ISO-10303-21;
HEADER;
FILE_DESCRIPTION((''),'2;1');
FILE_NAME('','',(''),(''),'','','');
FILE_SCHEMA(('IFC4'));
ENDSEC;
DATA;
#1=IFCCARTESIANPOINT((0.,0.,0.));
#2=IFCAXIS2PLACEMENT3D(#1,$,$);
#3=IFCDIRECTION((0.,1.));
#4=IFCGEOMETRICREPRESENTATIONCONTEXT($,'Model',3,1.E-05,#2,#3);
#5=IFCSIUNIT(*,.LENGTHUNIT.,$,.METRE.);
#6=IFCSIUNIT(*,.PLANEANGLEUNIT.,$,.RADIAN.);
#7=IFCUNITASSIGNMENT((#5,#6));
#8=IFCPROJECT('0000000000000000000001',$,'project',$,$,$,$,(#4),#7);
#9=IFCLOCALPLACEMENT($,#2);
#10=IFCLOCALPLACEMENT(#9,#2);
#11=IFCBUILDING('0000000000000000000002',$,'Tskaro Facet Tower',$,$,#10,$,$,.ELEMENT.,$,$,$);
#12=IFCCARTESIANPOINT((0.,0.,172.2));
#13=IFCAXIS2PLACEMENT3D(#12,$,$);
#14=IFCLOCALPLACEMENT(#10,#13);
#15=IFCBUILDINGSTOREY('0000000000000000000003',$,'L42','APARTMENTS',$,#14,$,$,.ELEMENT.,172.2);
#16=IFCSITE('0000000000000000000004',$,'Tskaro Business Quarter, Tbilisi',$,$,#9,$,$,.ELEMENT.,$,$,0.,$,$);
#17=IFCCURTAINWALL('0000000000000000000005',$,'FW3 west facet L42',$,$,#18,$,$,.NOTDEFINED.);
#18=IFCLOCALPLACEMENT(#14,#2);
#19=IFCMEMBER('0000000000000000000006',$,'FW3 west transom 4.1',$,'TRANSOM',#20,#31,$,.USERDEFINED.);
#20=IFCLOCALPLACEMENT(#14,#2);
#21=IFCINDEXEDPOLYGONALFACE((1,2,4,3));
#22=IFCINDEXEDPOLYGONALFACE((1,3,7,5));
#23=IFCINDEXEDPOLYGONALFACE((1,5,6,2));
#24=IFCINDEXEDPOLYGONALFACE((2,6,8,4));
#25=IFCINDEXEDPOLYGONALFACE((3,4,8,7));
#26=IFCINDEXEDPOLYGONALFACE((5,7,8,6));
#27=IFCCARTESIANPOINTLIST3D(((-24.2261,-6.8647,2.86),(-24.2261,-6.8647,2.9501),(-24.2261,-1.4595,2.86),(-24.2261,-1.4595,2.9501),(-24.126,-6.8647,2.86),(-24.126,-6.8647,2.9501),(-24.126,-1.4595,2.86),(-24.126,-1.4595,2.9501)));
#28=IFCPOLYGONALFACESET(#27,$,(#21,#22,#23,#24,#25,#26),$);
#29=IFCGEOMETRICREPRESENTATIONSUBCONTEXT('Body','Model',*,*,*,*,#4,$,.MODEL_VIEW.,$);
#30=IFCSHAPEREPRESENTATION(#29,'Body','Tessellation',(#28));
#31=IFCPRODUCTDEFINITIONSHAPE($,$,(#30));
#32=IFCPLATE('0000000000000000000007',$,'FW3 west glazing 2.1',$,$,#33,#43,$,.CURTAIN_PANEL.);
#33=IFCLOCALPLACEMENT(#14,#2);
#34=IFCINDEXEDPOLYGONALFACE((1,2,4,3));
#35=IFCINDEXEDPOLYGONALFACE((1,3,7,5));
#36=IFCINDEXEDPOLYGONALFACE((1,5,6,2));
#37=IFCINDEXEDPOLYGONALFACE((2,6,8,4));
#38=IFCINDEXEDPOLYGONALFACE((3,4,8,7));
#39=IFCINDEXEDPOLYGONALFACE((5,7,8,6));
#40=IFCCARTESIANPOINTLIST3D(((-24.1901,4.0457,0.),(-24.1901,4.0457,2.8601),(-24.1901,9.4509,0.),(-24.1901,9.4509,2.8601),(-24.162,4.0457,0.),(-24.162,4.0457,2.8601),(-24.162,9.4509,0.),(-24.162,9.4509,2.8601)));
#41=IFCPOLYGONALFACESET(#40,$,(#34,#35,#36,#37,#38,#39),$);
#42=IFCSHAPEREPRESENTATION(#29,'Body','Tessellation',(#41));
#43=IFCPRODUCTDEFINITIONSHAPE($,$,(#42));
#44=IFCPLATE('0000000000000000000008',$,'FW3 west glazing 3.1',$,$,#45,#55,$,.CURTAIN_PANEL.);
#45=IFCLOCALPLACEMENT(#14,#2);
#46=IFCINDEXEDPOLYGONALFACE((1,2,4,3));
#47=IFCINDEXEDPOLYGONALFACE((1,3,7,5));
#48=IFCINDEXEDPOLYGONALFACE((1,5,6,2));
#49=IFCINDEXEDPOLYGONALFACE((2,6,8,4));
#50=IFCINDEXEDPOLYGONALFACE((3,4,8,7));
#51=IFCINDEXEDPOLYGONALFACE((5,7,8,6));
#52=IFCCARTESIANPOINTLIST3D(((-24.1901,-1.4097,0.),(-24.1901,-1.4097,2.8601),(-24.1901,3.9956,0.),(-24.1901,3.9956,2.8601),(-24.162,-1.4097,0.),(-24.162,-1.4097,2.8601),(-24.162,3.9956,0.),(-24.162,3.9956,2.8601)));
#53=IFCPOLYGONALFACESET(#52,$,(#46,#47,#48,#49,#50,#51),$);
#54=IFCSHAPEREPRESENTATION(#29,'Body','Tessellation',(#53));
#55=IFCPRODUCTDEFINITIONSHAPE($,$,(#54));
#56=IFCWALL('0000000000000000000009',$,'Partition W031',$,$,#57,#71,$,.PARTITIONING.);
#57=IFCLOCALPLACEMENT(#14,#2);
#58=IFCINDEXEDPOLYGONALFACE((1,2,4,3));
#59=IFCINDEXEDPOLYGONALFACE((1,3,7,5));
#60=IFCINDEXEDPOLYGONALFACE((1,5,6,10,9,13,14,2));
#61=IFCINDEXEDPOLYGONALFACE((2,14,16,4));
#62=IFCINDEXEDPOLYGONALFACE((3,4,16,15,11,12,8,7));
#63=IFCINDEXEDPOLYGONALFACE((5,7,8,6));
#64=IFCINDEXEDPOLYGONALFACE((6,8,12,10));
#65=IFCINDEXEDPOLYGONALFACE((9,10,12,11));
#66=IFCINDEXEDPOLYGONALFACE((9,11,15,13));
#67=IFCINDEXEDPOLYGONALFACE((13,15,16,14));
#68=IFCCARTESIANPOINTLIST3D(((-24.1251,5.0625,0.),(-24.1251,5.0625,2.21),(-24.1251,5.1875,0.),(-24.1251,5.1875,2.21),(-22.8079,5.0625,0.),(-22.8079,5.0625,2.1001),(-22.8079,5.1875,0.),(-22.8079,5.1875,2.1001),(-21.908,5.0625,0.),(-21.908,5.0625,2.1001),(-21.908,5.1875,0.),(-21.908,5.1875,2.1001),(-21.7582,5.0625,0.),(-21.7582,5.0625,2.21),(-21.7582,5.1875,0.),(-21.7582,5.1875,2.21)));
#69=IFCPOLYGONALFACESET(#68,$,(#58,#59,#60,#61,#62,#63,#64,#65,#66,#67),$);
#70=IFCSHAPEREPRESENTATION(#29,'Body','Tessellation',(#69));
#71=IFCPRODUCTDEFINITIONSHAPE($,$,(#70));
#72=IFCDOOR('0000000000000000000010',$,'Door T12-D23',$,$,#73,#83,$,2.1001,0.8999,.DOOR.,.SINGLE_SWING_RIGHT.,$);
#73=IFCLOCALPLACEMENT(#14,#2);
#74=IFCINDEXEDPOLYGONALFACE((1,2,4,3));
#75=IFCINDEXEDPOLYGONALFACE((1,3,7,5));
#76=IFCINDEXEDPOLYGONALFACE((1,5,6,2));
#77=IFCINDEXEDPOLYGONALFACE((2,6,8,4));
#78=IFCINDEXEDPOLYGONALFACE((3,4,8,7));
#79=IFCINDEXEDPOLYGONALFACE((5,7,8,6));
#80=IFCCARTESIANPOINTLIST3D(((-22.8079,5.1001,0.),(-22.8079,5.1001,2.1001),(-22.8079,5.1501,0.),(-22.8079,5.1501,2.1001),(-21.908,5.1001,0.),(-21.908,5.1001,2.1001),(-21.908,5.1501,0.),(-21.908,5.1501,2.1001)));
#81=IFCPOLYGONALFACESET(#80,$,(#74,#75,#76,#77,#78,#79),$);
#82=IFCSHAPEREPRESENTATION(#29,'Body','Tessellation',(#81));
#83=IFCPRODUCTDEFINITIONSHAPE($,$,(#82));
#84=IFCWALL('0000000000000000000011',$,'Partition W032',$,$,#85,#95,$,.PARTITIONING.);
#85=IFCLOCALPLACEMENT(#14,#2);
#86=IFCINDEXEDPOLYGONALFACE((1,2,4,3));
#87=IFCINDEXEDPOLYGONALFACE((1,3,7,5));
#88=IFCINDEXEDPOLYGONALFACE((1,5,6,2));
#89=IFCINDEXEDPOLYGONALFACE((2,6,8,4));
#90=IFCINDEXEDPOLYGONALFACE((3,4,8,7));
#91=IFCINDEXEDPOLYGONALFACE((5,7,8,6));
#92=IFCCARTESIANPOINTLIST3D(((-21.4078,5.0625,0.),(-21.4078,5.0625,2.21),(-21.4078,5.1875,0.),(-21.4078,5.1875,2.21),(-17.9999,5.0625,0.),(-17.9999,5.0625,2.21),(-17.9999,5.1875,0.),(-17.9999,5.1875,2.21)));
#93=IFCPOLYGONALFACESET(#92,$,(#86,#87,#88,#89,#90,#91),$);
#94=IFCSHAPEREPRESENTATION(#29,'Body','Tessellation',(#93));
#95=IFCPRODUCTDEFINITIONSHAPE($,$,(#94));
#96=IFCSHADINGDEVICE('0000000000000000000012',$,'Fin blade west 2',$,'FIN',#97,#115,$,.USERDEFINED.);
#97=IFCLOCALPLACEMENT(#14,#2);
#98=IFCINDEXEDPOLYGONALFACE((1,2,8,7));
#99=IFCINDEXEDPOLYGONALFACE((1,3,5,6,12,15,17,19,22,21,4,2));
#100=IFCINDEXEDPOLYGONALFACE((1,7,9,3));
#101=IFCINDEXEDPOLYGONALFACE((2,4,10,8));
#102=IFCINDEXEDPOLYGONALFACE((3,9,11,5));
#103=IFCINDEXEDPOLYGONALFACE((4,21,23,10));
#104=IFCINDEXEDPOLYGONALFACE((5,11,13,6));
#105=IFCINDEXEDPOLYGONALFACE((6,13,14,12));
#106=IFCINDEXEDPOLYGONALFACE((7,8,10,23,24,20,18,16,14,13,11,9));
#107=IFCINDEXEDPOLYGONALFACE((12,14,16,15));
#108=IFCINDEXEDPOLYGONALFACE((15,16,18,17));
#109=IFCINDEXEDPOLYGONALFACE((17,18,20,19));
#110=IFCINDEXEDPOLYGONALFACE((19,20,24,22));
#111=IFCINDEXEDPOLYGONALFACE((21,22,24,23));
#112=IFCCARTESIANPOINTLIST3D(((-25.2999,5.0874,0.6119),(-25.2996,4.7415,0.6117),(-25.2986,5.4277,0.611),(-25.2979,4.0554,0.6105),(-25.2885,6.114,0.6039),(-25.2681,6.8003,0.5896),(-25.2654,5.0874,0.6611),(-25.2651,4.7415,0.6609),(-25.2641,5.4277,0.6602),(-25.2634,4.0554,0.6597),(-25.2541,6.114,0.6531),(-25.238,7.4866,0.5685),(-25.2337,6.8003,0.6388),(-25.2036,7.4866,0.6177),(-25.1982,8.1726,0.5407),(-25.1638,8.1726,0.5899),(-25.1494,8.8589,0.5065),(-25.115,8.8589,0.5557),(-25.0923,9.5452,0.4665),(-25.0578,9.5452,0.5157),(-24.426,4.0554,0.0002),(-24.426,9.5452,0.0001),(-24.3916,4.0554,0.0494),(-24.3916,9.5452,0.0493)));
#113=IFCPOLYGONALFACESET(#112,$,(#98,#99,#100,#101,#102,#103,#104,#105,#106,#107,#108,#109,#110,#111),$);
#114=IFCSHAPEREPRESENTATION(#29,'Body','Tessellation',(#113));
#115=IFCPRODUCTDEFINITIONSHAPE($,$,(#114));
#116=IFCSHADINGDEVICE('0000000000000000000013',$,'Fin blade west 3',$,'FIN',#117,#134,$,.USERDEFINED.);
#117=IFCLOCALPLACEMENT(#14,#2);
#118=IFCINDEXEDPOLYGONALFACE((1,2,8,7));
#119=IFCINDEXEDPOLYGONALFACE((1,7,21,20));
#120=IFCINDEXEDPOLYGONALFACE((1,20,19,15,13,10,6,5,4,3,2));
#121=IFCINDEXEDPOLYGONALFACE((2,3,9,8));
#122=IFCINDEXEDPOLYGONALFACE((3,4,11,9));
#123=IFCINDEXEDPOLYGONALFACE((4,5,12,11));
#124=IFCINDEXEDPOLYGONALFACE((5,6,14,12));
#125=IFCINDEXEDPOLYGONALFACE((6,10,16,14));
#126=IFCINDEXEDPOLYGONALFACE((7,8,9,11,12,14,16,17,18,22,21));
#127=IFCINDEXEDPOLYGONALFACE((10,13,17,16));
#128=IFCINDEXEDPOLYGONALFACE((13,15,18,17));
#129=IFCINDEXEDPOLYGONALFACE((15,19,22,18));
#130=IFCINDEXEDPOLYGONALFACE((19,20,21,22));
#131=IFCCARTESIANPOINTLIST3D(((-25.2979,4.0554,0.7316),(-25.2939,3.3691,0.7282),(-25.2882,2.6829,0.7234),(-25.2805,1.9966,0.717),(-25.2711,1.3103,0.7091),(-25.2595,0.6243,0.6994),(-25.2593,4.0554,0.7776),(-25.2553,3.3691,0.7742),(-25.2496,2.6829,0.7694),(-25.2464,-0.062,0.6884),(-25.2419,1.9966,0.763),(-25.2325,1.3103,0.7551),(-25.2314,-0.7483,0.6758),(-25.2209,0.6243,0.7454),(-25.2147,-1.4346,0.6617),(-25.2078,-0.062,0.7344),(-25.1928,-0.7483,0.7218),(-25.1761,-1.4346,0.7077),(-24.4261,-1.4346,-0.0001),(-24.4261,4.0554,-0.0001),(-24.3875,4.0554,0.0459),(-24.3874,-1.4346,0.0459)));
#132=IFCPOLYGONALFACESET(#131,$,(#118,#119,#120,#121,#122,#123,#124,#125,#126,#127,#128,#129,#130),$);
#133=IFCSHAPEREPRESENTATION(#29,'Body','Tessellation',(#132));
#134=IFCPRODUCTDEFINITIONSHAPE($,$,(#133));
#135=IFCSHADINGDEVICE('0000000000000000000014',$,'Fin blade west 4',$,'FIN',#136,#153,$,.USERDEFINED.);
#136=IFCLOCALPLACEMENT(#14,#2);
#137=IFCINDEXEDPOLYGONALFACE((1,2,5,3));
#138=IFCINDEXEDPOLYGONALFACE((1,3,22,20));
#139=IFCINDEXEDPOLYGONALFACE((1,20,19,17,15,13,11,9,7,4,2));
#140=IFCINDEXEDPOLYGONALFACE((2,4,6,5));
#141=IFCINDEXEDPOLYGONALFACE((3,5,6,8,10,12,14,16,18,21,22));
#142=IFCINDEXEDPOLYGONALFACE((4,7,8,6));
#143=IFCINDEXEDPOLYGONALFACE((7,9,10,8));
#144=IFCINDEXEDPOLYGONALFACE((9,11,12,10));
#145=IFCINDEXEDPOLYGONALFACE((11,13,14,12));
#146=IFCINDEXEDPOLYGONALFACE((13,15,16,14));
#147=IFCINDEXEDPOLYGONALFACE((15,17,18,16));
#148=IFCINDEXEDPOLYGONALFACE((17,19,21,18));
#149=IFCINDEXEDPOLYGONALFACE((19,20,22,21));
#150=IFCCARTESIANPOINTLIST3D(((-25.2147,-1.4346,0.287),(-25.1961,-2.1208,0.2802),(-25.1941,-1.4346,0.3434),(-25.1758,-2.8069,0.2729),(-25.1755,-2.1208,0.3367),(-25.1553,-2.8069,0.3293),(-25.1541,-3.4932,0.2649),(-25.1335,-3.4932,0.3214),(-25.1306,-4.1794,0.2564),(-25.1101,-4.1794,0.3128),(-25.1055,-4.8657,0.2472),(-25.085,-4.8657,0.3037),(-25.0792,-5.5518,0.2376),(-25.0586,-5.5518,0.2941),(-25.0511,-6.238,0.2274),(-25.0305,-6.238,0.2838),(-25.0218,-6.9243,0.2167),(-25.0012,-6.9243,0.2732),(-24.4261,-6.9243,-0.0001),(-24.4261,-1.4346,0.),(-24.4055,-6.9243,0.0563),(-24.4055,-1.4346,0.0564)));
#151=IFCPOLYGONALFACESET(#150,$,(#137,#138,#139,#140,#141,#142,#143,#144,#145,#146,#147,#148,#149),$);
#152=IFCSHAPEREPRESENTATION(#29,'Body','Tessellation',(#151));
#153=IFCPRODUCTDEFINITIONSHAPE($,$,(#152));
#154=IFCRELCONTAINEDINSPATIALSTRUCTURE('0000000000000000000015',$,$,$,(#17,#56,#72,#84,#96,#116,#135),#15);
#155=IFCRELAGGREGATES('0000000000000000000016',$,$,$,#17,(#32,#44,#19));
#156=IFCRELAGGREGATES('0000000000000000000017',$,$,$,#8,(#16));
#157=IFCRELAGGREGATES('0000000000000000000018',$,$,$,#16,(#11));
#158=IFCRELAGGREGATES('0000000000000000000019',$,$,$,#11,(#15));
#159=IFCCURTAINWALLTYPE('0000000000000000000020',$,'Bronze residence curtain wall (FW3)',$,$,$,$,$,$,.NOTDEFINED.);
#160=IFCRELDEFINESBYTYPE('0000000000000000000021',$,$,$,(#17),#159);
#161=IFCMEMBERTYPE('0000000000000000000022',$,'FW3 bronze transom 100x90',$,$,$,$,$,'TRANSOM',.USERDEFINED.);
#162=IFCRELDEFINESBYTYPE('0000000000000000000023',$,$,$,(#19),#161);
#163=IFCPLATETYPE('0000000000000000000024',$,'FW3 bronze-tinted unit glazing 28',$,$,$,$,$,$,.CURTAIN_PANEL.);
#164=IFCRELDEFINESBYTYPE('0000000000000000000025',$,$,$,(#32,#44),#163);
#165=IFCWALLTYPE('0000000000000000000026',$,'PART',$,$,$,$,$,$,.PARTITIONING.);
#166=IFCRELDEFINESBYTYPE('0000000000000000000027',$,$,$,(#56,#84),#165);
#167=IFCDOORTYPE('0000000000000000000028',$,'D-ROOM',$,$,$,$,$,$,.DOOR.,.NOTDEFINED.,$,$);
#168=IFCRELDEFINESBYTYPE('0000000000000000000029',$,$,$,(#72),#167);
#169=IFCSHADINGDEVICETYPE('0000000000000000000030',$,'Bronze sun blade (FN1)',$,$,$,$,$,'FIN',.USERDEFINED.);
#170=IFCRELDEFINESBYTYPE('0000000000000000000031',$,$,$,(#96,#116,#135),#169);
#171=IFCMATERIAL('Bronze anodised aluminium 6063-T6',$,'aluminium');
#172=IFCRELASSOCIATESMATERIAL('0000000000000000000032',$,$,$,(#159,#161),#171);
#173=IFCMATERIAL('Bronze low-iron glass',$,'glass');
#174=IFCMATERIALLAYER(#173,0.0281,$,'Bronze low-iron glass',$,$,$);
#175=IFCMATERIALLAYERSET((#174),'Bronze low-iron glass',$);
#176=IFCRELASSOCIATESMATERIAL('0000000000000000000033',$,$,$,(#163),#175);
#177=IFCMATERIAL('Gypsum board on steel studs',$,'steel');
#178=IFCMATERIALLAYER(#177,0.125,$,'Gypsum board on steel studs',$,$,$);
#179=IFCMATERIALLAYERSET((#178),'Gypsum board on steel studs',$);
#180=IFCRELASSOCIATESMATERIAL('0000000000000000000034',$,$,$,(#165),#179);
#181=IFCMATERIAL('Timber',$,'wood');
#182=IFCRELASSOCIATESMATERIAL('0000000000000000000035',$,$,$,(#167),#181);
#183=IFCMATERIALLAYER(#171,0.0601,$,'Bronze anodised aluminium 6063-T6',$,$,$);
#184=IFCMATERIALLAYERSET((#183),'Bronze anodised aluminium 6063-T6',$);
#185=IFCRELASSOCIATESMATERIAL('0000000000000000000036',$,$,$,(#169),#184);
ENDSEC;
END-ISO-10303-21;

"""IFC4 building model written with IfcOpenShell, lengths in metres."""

from ifc_helpers import new_model, si_unit, direction, frame, frame_2d, origin, origin_2d, place, context, subcontext, project, spatial, polyline, rectangle, outline, extrude, material, layer, layer_set, material_profile, profile_set, type_object, element, fill, aggregate, save


model = new_model("IFC4")

# Units and contexts
model_context = context("Model", 3, precision=1e-05, world=origin(), true_north=direction((0.0, 1.0)))
body_context = subcontext(model_context, "Body", "Model", "MODEL_VIEW")
ifc_project = project(units=[si_unit("LENGTHUNIT", "METRE"), si_unit("PLANEANGLEUNIT", "RADIAN")], contexts=[model_context])

# Site, building, storey
site_placement = place(None, origin())
site = spatial("IfcSite", under=ifc_project, at=site_placement, Name="Tskaro Business Quarter, Tbilisi", CompositionType="ELEMENT", RefElevation=0.0)
building_placement = place(site_placement, origin())
building = spatial("IfcBuilding", under=site, at=building_placement, Name="Tskaro Facet Tower", CompositionType="ELEMENT")
storey_placement = place(building_placement, frame((0.0, 0.0, 172.2)))
storey = spatial("IfcBuildingStorey", under=building, at=storey_placement, Name="L42", Description="APARTMENTS", CompositionType="ELEMENT", Elevation=172.2)

# Curtain wall, member, plates
ifc_material_1 = material(Name="Bronze anodised aluminium 6063-T6", Category="aluminium")
curtain_wall_type = type_object("IfcCurtainWallType", Name="Bronze residence curtain wall (FW3)", PredefinedType="NOTDEFINED", material=ifc_material_1)
curtain_wall_placement = place(storey_placement, origin())
curtain_wall = element("IfcCurtainWall", 1, at=curtain_wall_placement, inside=storey, type_object=curtain_wall_type, Name="FW3 west facet L42", PredefinedType="NOTDEFINED")
ifc_material_profile_1 = material_profile(ifc_material_1, rectangle(XDim=0.1001, YDim=0.0901, at=origin_2d()), Name="Transom 100x90")
ifc_profile_set_1 = profile_set([ifc_material_profile_1], Name="Bronze anodised aluminium 6063-T6")
member_type_1 = type_object("IfcMemberType", Name="FW3 bronze transom 100x90", ElementType="TRANSOM", PredefinedType="USERDEFINED", material=ifc_profile_set_1)
member_1_placement = place(storey_placement, frame((-24.176, -1.4595, 2.905), z_axis=(0.0, -1.0, 0.0), x_axis=(1.0, 0.0, 0.0)))
member_1 = element("IfcMember", 2, at=member_1_placement, type_object=member_type_1, Name="FW3 west transom 4.1", ObjectType="TRANSOM", PredefinedType="USERDEFINED", context=body_context, shape_type="SweptSolid", body=[
    extrude(rectangle(XDim=0.1001, YDim=0.0901, at=origin_2d()), origin(), (0.0, 0.0, 1.0), 5.4053),
])
ifc_material_2 = material(Name="Bronze low-iron glass", Category="glass")
ifc_layer_1 = layer(ifc_material_2, 0.0281, Name="Bronze low-iron glass")
ifc_layer_set_1 = layer_set([ifc_layer_1], Name="Bronze low-iron glass")
plate_type = type_object("IfcPlateType", Name="FW3 bronze-tinted unit glazing 28", PredefinedType="CURTAIN_PANEL", material=ifc_layer_set_1)
plate_1_placement = place(storey_placement, frame((-24.176, 6.7483, 0.0), z_axis=(0.0, 0.0, 1.0), x_axis=(0.0, -1.0, 0.0)))
plate_1 = element("IfcPlate", 3, at=plate_1_placement, type_object=plate_type, Name="FW3 west glazing 2.1", PredefinedType="CURTAIN_PANEL", context=body_context, shape_type="SweptSolid", body=[
    extrude(rectangle(XDim=5.4053, YDim=0.0281, at=origin_2d()), origin(), (0.0, 0.0, 1.0), 2.8601),
])
plate_2_placement = place(storey_placement, frame((-24.176, 1.293, 0.0), z_axis=(0.0, 0.0, 1.0), x_axis=(0.0, -1.0, 0.0)))
plate_2 = element("IfcPlate", 4, at=plate_2_placement, type_object=plate_type, Name="FW3 west glazing 3.1", PredefinedType="CURTAIN_PANEL", context=body_context, shape_type="SweptSolid", body=[
    extrude(rectangle(XDim=5.4053, YDim=0.0281, at=origin_2d()), origin(), (0.0, 0.0, 1.0), 2.8601),
])
aggregate(curtain_wall, [plate_1, plate_2, member_1])

# Wall, opening, door
ifc_material_3 = material(Name="Gypsum board on steel studs", Category="steel")
ifc_layer_2 = layer(ifc_material_3, 0.125, Name="Gypsum board on steel studs")
ifc_layer_set_2 = layer_set([ifc_layer_2], Name="Gypsum board on steel studs")
wall_type = type_object("IfcWallType", Name="PART", PredefinedType="PARTITIONING", material=ifc_layer_set_2)
wall_1_placement = place(storey_placement, frame((-21.7581, 5.125, 0.0), z_axis=(0.0, 0.0, 1.0), x_axis=(-1.0, 0.0, 0.0)))
wall_1 = element("IfcWall", 5, at=wall_1_placement, inside=storey, type_object=wall_type, Name="Partition W031", PredefinedType="PARTITIONING", context=body_context, shape_type="SweptSolid", body=[
    extrude(rectangle(XDim=2.3669, YDim=0.125, at=frame_2d((1.1836, 0.0))), origin(), (0.0, 0.0, 1.0), 2.21),
])
opening_placement = place(wall_1_placement, frame((0.1499, 0.0, 0.0)))
opening = element("IfcOpeningElement", 6, at=opening_placement, cuts=wall_1, PredefinedType="OPENING", context=body_context, shape_type="SweptSolid", body=[
    extrude(rectangle(XDim=0.8999, YDim=2.1001, at=frame_2d((0.45, 1.05))), frame((0.0, 0.0725, 0.0), z_axis=(0.0, -1.0, 0.0), x_axis=(1.0, 0.0, 0.0)), (0.0, 0.0, 1.0), 0.145),
])
ifc_material_4 = material(Name="Timber", Category="wood")
door_type = type_object("IfcDoorType", Name="D-ROOM", OperationType="NOTDEFINED", PredefinedType="DOOR", material=ifc_material_4)
door_placement = place(opening_placement, origin())
door = element("IfcDoor", 7, at=door_placement, inside=storey, type_object=door_type, Name="Door T12-D23", OperationType="SINGLE_SWING_RIGHT", OverallHeight=2.1001, OverallWidth=0.8999, PredefinedType="DOOR", context=body_context, shape_type="SweptSolid", body=[
    extrude(rectangle(XDim=0.8999, YDim=2.1001, at=frame_2d((0.45, 1.05))), frame((0.0, 0.0249, 0.0), z_axis=(0.0, -1.0, 0.0), x_axis=(1.0, 0.0, 0.0)), (0.0, 0.0, 1.0), 0.05),
])
fill(opening, door)

# Wall
wall_2_placement = place(storey_placement, frame((-21.408, 5.125, 0.0), z_axis=(0.0, 0.0, 1.0), x_axis=(1.0, 0.0, 0.0)))
element("IfcWall", 8, at=wall_2_placement, inside=storey, type_object=wall_type, Name="Partition W032", PredefinedType="PARTITIONING", context=body_context, shape_type="SweptSolid", body=[
    extrude(rectangle(XDim=3.408, YDim=0.125, at=frame_2d((1.7041, 0.0))), origin(), (0.0, 0.0, 1.0), 2.21),
])

# Shading devices
ifc_layer_3 = layer(ifc_material_1, 0.0601, Name="Bronze anodised aluminium 6063-T6")
ifc_layer_set_3 = layer_set([ifc_layer_3], Name="Bronze anodised aluminium 6063-T6")
shading_device_type = type_object("IfcShadingDeviceType", Name="Bronze sun blade (FN1)", ElementType="FIN", PredefinedType="USERDEFINED", material=ifc_layer_set_3)
shading_device_1_placement = place(storey_placement, frame((-24.3916, 9.5452, 0.0493), z_axis=(0.573483, 0.000011, 0.819218), x_axis=(0.000006, -1.0, 0.000009)))
element("IfcShadingDevice", 9, at=shading_device_1_placement, inside=storey, type_object=shading_device_type, Name="Fin blade west 2", ObjectType="FIN", PredefinedType="USERDEFINED", context=body_context, shape_type="SweptSolid", body=[
    extrude(outline(polyline([(0.0, 0.0), (5.4897, 0.0), (5.4897, -1.0642), (4.8037, -1.0663), (4.4578, -1.0667), (4.1174, -1.0651), (3.4312, -1.0529), (2.7449, -1.0279), (2.0586, -0.9912), (1.3726, -0.9426), (0.6863, -0.883), (0.0, -0.8132), (0.0, 0.0)])), origin(), (0.0, 0.0, -1.0), 0.0601),
])
shading_device_2_placement = place(storey_placement, frame((-24.3875, 4.0554, 0.0459), z_axis=(0.642846, 0.000003, 0.765996), x_axis=(0.000002, -1.0, 0.000002)))
element("IfcShadingDevice", 10, at=shading_device_2_placement, inside=storey, type_object=shading_device_type, Name="Fin blade west 3", ObjectType="FIN", PredefinedType="USERDEFINED", context=body_context, shape_type="SweptSolid", body=[
    extrude(outline(polyline([(0.0, 0.0), (5.49, 0.0), (5.49, -1.0295), (4.8037, -1.0514), (4.1174, -1.0709), (3.4312, -1.0881), (2.7451, -1.1032), (2.0588, -1.1155), (1.3726, -1.1255), (0.6863, -1.133), (0.0, -1.1382), (0.0, 0.0)])), origin(), (0.0, 0.0, -1.0), 0.0601),
])
shading_device_3_placement = place(storey_placement, frame((-24.4055, -1.4346, 0.0564), z_axis=(0.342032, -0.00001, 0.939688), x_axis=(-0.000003, -1.0, -0.000009)))
element("IfcShadingDevice", 11, at=shading_device_3_placement, inside=storey, type_object=shading_device_type, Name="Fin blade west 4", ObjectType="FIN", PredefinedType="USERDEFINED", context=body_context, shape_type="SweptSolid", body=[
    extrude(outline(polyline([(0.0, 0.0), (5.4897, 0.0), (5.4897, -0.6339), (4.8035, -0.6651), (4.1172, -0.695), (3.4312, -0.7231), (2.7449, -0.7498), (2.0586, -0.7747), (1.3723, -0.7979), (0.6863, -0.8194), (0.0, -0.8392), (0.0, 0.0)])), origin(), (0.0, 0.0, -1.0), 0.0601),
])

save(model, "model.ifc")
